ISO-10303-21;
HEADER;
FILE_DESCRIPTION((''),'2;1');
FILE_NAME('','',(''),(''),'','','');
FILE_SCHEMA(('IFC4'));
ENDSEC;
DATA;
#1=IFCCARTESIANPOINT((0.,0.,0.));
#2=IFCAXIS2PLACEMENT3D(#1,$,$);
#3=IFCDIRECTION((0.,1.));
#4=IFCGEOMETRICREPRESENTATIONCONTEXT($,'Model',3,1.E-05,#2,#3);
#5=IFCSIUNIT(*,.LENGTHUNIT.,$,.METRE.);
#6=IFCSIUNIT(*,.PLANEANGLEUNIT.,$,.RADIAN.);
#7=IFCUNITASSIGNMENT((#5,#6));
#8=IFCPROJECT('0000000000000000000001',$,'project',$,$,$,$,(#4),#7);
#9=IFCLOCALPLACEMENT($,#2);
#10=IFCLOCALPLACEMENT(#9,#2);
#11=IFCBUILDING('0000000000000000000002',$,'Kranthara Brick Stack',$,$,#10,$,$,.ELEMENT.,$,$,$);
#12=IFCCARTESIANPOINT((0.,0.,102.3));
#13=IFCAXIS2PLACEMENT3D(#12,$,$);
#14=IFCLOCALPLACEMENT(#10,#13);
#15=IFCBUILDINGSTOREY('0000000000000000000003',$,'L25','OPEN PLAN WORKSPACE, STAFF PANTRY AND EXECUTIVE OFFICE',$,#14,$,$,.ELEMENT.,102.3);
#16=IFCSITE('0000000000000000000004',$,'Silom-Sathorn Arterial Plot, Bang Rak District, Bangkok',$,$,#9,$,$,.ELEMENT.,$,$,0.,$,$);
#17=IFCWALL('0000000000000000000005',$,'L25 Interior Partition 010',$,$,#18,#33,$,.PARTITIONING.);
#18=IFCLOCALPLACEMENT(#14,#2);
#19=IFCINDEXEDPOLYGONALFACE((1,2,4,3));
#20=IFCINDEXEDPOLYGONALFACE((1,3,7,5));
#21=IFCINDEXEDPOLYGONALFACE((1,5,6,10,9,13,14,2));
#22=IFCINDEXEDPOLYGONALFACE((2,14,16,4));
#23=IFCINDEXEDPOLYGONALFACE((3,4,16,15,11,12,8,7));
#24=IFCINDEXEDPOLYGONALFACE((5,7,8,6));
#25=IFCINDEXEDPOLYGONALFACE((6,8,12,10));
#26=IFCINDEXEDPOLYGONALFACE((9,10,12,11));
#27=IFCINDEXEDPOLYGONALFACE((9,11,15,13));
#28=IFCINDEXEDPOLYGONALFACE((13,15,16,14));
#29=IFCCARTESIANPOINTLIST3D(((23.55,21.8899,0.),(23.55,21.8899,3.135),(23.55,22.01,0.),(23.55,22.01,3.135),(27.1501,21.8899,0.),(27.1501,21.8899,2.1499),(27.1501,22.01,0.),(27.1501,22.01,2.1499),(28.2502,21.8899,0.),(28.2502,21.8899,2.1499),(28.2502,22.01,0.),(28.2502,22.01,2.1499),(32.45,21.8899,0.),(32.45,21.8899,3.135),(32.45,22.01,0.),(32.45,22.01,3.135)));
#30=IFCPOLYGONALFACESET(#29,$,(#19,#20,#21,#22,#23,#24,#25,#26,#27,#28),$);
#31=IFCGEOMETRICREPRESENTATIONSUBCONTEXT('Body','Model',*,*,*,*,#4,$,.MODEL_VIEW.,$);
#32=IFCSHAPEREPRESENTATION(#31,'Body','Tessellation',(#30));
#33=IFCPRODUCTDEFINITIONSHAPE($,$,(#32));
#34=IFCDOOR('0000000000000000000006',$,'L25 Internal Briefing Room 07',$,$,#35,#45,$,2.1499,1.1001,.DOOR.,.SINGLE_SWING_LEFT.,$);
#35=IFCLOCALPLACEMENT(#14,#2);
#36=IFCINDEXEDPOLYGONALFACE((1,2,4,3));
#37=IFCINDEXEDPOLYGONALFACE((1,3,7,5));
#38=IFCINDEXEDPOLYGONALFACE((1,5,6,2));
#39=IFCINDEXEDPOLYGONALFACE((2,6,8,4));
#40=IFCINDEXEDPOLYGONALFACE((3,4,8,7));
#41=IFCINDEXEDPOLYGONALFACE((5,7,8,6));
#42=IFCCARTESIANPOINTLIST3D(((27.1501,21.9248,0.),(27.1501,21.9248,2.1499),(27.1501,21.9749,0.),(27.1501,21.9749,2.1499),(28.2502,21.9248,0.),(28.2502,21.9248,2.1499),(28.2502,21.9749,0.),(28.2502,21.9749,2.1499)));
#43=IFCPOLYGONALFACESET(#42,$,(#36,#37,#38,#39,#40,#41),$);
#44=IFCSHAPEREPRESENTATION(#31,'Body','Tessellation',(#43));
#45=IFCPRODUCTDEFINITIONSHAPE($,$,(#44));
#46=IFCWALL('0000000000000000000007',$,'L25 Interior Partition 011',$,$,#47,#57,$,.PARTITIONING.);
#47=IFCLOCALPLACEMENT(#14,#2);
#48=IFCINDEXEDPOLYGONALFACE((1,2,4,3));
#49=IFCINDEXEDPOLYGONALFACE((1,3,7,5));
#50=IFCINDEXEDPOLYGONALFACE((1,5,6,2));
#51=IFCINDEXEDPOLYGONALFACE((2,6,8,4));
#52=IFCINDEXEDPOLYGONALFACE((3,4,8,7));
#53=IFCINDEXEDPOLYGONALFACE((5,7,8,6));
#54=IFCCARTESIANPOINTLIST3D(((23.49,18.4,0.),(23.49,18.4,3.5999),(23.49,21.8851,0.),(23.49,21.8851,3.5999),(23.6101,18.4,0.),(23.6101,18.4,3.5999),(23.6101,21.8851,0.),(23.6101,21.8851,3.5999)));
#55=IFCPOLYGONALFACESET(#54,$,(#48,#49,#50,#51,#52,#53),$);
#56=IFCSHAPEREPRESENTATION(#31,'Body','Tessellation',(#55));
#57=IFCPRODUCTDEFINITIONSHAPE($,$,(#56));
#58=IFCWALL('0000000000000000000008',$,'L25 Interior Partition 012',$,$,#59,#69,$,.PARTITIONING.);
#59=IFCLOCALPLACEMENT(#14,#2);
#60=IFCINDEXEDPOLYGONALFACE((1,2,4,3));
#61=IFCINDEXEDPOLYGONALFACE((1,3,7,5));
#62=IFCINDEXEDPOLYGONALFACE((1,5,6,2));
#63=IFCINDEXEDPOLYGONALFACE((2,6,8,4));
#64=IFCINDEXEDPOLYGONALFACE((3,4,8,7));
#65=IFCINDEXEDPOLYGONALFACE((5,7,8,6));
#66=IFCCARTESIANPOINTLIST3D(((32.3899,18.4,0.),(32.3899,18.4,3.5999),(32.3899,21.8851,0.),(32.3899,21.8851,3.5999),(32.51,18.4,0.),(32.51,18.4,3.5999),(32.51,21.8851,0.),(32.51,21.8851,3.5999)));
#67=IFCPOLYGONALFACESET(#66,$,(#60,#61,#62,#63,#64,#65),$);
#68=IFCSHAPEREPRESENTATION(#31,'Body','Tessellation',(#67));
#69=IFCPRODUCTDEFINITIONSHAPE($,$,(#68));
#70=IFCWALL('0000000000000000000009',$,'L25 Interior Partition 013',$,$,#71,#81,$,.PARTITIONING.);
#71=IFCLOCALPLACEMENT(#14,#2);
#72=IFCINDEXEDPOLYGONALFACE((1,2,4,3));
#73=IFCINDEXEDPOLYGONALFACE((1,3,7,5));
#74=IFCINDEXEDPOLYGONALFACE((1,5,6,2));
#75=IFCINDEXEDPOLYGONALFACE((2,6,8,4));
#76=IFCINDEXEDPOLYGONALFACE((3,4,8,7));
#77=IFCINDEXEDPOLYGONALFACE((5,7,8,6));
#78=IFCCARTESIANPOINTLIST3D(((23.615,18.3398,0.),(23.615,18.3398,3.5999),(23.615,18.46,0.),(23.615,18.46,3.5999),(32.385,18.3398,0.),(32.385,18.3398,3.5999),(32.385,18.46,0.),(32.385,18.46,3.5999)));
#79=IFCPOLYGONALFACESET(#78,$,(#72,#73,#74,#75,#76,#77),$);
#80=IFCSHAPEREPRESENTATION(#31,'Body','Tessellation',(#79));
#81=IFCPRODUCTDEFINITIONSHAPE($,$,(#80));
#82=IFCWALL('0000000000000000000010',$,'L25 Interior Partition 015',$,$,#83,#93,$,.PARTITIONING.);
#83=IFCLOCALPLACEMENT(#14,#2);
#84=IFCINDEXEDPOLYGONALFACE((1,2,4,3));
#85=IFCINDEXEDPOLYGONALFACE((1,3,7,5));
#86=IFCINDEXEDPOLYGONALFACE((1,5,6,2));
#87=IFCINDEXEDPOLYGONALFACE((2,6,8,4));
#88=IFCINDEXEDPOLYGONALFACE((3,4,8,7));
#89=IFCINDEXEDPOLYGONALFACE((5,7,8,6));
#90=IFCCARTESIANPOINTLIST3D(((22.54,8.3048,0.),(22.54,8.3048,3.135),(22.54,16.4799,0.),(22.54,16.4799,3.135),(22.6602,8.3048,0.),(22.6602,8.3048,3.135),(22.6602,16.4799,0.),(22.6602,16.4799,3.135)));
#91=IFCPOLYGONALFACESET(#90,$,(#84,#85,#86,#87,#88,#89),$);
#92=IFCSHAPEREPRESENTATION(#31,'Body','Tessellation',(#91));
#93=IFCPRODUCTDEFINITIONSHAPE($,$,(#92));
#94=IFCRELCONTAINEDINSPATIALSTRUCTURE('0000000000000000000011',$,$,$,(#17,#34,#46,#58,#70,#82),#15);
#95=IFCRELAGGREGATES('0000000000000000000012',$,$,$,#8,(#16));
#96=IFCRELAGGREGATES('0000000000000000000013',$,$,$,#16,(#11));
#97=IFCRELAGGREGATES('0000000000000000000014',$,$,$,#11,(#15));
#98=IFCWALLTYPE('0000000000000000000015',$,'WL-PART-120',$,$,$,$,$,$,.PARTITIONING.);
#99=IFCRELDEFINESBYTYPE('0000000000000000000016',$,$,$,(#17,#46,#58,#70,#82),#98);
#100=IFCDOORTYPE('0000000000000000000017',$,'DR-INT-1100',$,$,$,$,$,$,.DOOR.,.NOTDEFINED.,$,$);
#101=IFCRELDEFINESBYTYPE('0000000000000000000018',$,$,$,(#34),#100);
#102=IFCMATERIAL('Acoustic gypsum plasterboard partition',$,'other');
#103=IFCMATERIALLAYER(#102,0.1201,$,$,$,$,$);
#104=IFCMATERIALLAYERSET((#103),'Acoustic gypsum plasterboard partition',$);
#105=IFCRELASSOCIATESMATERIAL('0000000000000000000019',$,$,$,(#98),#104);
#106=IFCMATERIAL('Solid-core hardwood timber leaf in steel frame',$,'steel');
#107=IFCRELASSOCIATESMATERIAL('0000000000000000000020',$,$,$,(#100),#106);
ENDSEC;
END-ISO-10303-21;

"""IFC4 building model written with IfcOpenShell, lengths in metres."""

from ifc_helpers import new_model, si_unit, direction, frame, frame_2d, origin, place, context, subcontext, project, spatial, rectangle, extrude, material, layer, layer_set, type_object, element, fill, save


model = new_model("IFC4")

# Units and contexts
model_context = context("Model", 3, precision=1e-05, world=origin(), true_north=direction((0.0, 1.0)))
body_context = subcontext(model_context, "Body", "Model", "MODEL_VIEW")
ifc_project = project(units=[si_unit("LENGTHUNIT", "METRE"), si_unit("PLANEANGLEUNIT", "RADIAN")], contexts=[model_context])

# Site, building, storey
site_placement = place(None, origin())
site = spatial("IfcSite", under=ifc_project, at=site_placement, Name="Silom-Sathorn Arterial Plot, Bang Rak District, Bangkok", CompositionType="ELEMENT", RefElevation=0.0)
building_placement = place(site_placement, origin())
building = spatial("IfcBuilding", under=site, at=building_placement, Name="Kranthara Brick Stack", CompositionType="ELEMENT")
storey_placement = place(building_placement, frame((0.0, 0.0, 102.3)))
storey = spatial("IfcBuildingStorey", under=building, at=storey_placement, Name="L25", Description="OPEN PLAN WORKSPACE, STAFF PANTRY AND EXECUTIVE OFFICE", CompositionType="ELEMENT", Elevation=102.3)

# Shared definitions
ifc_material_1 = material(Name="Acoustic gypsum plasterboard partition", Category="other")
ifc_layer = layer(ifc_material_1, 0.1201)
ifc_layer_set = layer_set([ifc_layer], Name="Acoustic gypsum plasterboard partition")
wall_type = type_object("IfcWallType", Name="WL-PART-120", PredefinedType="PARTITIONING", material=ifc_layer_set)

# Wall, opening, door
wall_1_placement = place(storey_placement, frame((23.55, 21.95, 0.0), z_axis=(0.0, 0.0, 1.0), x_axis=(1.0, 0.0, 0.0)))
wall_1 = element("IfcWall", 1, at=wall_1_placement, inside=storey, type_object=wall_type, Name="L25 Interior Partition 010", PredefinedType="PARTITIONING", context=body_context, shape_type="SweptSolid", body=[
    extrude(rectangle(XDim=8.8999, YDim=0.1201, at=frame_2d((4.45, 0.0))), origin(), (0.0, 0.0, 1.0), 3.135),
])
opening_1_placement = place(wall_1_placement, frame((3.6001, 0.0, 0.0)))
opening_1 = element("IfcOpeningElement", 2, at=opening_1_placement, cuts=wall_1, PredefinedType="OPENING", context=body_context, shape_type="SweptSolid", body=[
    extrude(rectangle(XDim=1.1001, YDim=2.1499, at=frame_2d((0.55, 1.075))), frame((0.0, 0.0701, 0.0), z_axis=(0.0, -1.0, 0.0), x_axis=(1.0, 0.0, 0.0)), (0.0, 0.0, 1.0), 0.1401),
])
ifc_material_2 = material(Name="Solid-core hardwood timber leaf in steel frame", Category="steel")
door_type_1 = type_object("IfcDoorType", Name="DR-INT-1100", OperationType="NOTDEFINED", PredefinedType="DOOR", material=ifc_material_2)
door_1_placement = place(opening_1_placement, origin())
door_1 = element("IfcDoor", 3, at=door_1_placement, inside=storey, type_object=door_type_1, Name="L25 Internal Briefing Room 07", OperationType="SINGLE_SWING_LEFT", OverallHeight=2.1499, OverallWidth=1.1001, PredefinedType="DOOR", context=body_context, shape_type="SweptSolid", body=[
    extrude(rectangle(XDim=1.1001, YDim=2.1499, at=frame_2d((0.55, 1.075))), frame((0.0, 0.0249, 0.0), z_axis=(0.0, -1.0, 0.0), x_axis=(1.0, 0.0, 0.0)), (0.0, 0.0, 1.0), 0.05),
])
fill(opening_1, door_1)

# Walls
for number, where, z_axis, x_axis, name in (
    (4, (23.55, 18.3999, 0.0), (0.0, 0.0, 1.0), (0.0, 1.0, 0.0), "L25 Interior Partition 011"),
    (5, (32.45, 18.3999, 0.0), (0.0, 0.0, 1.0), (0.0, 1.0, 0.0), "L25 Interior Partition 012"),
):
    element("IfcWall", number, at=place(storey_placement, frame(where, z_axis=z_axis, x_axis=x_axis)), inside=storey, type_object=wall_type, Name=name, PredefinedType="PARTITIONING", context=body_context, shape_type="SweptSolid", body=[
        extrude(rectangle(XDim=3.4851, YDim=0.1201, at=frame_2d((1.7427, 0.0))), origin(), (0.0, 0.0, 1.0), 3.5999),
    ])
wall_2_placement = place(storey_placement, frame((23.615, 18.3999, 0.0), z_axis=(0.0, 0.0, 1.0), x_axis=(1.0, 0.0, 0.0)))
element("IfcWall", 6, at=wall_2_placement, inside=storey, type_object=wall_type, Name="L25 Interior Partition 013", PredefinedType="PARTITIONING", context=body_context, shape_type="SweptSolid", body=[
    extrude(rectangle(XDim=8.77, YDim=0.1201, at=frame_2d((4.385, 0.0))), origin(), (0.0, 0.0, 1.0), 3.5999),
])
wall_3_placement = place(storey_placement, frame((22.6001, 8.3049, 0.0), z_axis=(0.0, 0.0, 1.0), x_axis=(0.0, 1.0, 0.0)))
element("IfcWall", 7, at=wall_3_placement, inside=storey, type_object=wall_type, Name="L25 Interior Partition 015", PredefinedType="PARTITIONING", context=body_context, shape_type="SweptSolid", body=[
    extrude(rectangle(XDim=8.175, YDim=0.1201, at=frame_2d((4.0874, 0.0))), origin(), (0.0, 0.0, 1.0), 3.135),
])

save(model, "model.ifc")
